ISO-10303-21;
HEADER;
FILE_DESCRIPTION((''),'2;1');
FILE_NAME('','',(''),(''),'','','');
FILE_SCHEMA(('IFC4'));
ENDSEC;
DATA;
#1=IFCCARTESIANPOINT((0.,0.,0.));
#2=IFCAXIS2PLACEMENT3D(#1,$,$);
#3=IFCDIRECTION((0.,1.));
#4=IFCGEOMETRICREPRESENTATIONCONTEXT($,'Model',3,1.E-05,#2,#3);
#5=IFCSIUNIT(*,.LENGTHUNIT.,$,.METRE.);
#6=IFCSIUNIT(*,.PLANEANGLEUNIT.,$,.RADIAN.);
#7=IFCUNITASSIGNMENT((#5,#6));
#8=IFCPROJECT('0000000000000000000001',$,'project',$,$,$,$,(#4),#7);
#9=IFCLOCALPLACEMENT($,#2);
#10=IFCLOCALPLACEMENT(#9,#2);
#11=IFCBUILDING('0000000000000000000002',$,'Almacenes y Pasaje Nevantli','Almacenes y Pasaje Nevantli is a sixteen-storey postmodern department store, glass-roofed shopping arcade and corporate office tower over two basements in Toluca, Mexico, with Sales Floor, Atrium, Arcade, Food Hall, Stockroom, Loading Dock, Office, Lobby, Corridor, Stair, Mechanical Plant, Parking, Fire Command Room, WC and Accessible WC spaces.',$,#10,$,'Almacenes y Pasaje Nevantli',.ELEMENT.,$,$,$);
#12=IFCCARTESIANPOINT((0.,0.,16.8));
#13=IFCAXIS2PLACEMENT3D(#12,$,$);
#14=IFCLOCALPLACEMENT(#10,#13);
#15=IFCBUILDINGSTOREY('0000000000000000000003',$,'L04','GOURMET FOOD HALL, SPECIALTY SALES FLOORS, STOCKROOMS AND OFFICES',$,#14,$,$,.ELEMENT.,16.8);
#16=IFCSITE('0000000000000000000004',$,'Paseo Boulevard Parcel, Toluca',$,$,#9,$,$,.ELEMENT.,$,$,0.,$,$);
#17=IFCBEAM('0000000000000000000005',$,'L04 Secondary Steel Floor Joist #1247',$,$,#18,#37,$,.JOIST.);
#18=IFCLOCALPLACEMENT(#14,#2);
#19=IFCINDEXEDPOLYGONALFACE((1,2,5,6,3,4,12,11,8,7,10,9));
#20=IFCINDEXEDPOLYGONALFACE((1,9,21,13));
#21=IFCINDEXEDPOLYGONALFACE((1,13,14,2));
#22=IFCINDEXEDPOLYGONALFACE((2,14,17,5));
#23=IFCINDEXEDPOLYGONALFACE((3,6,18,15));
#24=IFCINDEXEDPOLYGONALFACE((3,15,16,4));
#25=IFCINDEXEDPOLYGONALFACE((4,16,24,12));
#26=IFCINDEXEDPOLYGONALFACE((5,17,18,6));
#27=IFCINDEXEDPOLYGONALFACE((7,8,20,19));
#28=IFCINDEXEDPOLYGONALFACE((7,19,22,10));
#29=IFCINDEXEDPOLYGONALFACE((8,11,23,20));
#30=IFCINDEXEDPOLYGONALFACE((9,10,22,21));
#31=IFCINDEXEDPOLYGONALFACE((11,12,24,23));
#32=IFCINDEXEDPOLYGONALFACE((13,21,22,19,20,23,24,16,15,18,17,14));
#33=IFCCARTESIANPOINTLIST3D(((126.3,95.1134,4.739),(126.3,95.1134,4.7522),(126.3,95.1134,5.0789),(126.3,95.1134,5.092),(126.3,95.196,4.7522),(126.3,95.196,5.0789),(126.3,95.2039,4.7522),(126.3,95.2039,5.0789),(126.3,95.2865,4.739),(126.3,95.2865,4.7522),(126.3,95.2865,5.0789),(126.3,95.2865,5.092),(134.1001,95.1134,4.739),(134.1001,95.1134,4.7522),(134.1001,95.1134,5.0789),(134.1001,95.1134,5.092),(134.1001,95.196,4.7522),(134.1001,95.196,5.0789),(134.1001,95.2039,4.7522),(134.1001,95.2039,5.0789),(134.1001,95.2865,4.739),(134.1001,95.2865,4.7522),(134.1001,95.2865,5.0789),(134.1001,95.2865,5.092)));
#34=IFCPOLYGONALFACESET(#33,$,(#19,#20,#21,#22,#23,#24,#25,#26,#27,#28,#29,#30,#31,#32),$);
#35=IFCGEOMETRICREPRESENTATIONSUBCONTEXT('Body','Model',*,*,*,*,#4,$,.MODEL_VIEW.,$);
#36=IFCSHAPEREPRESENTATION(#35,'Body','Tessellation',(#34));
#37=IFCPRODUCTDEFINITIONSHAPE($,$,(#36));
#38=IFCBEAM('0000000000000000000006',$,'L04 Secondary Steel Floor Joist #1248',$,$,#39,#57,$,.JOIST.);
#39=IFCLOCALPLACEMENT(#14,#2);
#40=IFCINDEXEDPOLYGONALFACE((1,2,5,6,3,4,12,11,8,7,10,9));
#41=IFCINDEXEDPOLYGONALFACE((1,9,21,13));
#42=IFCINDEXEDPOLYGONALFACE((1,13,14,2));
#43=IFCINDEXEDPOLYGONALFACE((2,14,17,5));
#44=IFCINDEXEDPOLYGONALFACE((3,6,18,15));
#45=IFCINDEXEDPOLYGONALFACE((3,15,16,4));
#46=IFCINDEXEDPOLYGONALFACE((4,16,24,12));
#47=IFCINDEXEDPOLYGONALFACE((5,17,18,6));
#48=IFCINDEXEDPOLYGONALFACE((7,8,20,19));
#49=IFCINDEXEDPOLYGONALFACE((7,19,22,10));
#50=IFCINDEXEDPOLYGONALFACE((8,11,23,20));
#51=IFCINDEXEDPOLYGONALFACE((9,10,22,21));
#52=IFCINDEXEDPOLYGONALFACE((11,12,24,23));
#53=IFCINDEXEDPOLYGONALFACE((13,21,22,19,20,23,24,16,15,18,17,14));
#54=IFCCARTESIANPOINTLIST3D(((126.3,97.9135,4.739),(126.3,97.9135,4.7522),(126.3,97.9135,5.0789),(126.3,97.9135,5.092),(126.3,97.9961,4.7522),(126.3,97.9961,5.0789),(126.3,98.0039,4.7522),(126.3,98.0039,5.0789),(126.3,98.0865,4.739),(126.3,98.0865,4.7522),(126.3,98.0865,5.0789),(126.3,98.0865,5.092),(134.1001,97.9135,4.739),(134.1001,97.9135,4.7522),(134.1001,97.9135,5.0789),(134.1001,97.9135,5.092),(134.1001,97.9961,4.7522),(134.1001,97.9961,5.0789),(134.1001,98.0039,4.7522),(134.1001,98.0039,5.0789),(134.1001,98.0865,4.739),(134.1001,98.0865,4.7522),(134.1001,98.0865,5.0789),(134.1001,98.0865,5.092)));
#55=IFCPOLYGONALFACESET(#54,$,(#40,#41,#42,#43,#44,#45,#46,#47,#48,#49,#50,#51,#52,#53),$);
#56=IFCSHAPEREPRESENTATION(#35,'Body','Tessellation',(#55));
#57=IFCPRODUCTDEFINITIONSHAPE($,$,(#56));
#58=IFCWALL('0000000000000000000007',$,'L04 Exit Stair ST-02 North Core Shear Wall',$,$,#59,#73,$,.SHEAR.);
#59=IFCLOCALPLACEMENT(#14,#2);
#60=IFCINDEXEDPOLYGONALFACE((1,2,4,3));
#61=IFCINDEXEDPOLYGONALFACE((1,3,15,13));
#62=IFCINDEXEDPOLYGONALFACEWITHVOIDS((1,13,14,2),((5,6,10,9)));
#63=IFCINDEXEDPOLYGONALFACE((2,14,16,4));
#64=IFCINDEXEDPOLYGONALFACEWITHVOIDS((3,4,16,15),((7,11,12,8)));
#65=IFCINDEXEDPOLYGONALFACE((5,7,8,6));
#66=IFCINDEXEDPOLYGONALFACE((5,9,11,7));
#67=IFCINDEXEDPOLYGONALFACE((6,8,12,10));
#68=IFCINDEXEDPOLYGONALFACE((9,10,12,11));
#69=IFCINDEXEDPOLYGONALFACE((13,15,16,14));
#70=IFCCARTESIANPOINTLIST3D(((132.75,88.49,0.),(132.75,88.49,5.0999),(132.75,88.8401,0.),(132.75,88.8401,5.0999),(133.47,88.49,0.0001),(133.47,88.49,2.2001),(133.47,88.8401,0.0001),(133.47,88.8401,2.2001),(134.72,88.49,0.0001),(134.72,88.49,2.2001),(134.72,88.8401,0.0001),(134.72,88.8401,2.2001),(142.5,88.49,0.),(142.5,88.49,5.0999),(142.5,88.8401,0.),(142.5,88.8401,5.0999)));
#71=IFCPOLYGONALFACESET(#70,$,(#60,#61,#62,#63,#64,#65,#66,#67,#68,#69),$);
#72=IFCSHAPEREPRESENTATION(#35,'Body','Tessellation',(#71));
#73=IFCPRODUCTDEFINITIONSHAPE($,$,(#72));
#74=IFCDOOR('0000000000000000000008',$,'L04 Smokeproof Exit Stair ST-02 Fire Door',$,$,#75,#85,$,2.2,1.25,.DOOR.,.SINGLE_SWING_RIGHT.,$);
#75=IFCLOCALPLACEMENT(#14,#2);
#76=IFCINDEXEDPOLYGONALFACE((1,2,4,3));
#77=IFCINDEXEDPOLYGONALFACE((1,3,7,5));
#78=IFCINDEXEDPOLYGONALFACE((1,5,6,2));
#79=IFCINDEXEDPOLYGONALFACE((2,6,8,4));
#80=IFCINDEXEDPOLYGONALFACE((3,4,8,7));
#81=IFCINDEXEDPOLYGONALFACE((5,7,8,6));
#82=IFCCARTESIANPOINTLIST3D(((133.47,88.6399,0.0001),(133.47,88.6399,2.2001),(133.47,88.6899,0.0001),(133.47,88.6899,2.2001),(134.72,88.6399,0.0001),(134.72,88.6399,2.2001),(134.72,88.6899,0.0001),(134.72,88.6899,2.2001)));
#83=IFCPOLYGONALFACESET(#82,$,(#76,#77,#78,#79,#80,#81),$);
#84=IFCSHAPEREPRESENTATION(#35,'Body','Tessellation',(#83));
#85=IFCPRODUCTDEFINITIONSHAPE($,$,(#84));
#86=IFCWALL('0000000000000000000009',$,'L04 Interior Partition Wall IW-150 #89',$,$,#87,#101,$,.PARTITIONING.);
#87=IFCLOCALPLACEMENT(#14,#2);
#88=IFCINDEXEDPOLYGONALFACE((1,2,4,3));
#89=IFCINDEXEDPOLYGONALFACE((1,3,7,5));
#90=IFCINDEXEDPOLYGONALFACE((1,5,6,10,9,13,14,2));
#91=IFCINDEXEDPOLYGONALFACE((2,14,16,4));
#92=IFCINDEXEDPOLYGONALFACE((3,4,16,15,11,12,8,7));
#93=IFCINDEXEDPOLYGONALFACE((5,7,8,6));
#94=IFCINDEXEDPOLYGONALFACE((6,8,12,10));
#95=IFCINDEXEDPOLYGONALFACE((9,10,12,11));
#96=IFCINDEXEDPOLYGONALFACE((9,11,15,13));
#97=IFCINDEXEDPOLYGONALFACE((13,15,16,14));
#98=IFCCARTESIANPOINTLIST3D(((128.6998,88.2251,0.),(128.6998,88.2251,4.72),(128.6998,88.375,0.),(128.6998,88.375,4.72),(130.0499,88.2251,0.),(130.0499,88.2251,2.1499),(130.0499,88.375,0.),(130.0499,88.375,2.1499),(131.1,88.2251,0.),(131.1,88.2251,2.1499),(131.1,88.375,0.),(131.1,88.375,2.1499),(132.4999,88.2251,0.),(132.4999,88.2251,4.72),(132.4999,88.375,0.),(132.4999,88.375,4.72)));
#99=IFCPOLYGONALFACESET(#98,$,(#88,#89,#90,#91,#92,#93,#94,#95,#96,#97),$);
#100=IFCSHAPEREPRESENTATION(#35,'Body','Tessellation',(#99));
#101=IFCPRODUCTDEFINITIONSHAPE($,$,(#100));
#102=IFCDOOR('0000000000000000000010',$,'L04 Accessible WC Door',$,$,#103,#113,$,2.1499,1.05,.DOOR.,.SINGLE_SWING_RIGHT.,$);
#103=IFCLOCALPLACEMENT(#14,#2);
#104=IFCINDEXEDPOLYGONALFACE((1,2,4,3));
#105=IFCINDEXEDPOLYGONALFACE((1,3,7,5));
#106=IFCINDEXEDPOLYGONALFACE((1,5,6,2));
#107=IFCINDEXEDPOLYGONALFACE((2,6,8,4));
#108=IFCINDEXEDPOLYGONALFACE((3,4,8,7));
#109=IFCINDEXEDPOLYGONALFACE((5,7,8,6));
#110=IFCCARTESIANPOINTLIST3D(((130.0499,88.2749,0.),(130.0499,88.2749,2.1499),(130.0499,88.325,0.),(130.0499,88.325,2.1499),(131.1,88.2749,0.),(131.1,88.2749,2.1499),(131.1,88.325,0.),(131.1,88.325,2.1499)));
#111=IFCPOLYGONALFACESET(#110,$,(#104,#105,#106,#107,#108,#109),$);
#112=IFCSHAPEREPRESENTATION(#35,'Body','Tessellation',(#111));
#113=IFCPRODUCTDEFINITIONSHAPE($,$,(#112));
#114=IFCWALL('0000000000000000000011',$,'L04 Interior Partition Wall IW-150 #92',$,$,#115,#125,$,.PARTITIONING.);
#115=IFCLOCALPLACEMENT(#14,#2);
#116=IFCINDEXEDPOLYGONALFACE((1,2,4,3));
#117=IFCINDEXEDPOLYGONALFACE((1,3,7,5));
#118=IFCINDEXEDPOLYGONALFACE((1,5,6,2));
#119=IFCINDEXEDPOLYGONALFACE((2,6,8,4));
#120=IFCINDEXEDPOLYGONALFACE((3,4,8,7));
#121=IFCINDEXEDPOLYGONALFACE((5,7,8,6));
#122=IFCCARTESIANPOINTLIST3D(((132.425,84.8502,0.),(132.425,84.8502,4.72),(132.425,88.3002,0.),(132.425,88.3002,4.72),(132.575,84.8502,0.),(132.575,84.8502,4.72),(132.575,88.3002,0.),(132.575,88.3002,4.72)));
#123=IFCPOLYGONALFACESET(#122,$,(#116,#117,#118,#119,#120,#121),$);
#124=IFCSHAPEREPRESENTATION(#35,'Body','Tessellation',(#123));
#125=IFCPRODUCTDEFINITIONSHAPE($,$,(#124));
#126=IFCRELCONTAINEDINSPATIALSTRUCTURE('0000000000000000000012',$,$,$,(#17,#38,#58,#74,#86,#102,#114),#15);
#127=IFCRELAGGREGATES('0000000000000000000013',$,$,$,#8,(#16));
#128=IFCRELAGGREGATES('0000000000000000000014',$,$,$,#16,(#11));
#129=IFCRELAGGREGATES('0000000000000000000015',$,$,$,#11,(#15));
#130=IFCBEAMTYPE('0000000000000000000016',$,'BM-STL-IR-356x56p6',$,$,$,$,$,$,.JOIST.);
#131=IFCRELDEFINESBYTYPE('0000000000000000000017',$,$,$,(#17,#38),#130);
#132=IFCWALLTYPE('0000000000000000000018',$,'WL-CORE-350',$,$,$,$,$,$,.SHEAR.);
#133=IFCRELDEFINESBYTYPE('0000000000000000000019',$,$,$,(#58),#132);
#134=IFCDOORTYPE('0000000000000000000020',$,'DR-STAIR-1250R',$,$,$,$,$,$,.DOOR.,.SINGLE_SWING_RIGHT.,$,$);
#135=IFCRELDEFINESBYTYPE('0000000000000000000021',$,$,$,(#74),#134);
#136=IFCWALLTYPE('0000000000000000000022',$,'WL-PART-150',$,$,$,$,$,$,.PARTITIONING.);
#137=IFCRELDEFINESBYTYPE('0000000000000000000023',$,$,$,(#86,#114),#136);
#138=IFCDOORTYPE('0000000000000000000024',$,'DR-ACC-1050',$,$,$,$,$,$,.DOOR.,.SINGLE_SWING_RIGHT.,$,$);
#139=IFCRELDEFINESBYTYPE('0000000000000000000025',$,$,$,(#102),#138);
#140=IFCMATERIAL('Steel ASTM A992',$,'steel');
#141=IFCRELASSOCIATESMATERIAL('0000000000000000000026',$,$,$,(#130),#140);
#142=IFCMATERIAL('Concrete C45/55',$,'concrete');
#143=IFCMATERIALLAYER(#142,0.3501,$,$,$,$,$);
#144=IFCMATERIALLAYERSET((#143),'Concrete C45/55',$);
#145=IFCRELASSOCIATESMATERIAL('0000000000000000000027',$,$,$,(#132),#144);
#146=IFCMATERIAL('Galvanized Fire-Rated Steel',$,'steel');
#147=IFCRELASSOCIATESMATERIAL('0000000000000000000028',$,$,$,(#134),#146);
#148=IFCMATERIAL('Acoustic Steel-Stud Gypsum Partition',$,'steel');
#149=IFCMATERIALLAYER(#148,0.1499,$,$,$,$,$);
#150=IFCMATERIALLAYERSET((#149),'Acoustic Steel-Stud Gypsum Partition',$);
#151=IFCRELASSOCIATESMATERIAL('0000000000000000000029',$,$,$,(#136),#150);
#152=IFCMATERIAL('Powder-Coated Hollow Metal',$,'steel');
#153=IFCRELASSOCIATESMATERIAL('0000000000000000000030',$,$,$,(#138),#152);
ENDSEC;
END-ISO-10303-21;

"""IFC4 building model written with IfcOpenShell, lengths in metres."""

from ifc_helpers import new_model, si_unit, direction, frame, frame_2d, origin, origin_2d, place, context, subcontext, project, spatial, rectangle, i_section, extrude, material, layer, layer_set, material_profile, profile_set, type_object, element, fill, save


model = new_model("IFC4")

# Units and contexts
model_context = context("Model", 3, precision=1e-05, world=origin(), true_north=direction((0.0, 1.0)))
body_context = subcontext(model_context, "Body", "Model", "MODEL_VIEW")
ifc_project = project(units=[si_unit("LENGTHUNIT", "METRE"), si_unit("PLANEANGLEUNIT", "RADIAN")], contexts=[model_context])

# Site, building, storey
site_placement = place(None, origin())
site = spatial("IfcSite", under=ifc_project, at=site_placement, Name="Paseo Boulevard Parcel, Toluca", CompositionType="ELEMENT", RefElevation=0.0)
building_placement = place(site_placement, origin())
building = spatial("IfcBuilding", under=site, at=building_placement, Name="Almacenes y Pasaje Nevantli", Description="Almacenes y Pasaje Nevantli is a sixteen-storey postmodern department store, glass-roofed shopping arcade and corporate office tower over two basements in Toluca, Mexico, with Sales Floor, Atrium, Arcade, Food Hall, Stockroom, Loading Dock, Office, Lobby, Corridor, Stair, Mechanical Plant, Parking, Fire Command Room, WC and Accessible WC spaces.", LongName="Almacenes y Pasaje Nevantli", CompositionType="ELEMENT")
storey_placement = place(building_placement, frame((0.0, 0.0, 16.8)))
storey = spatial("IfcBuildingStorey", under=building, at=storey_placement, Name="L04", Description="GOURMET FOOD HALL, SPECIALTY SALES FLOORS, STOCKROOMS AND OFFICES", CompositionType="ELEMENT", Elevation=16.8)

# Beams
ifc_material_1 = material(Name="Steel ASTM A992", Category="steel")
ifc_material_profile_1 = material_profile(ifc_material_1, i_section(OverallWidth=0.1731, OverallDepth=0.353, WebThickness=0.0078, FlangeThickness=0.0132, at=origin_2d()), Name="IR 356x56.6")
ifc_profile_set_1 = profile_set([ifc_material_profile_1], Name="Steel ASTM A992")
beam_type_1 = type_object("IfcBeamType", Name="BM-STL-IR-356x56p6", PredefinedType="JOIST", material=ifc_profile_set_1)
for number, where, z_axis, x_axis, name in (
    (1, (126.3, 95.2, 4.9155), (1.0, 0.0, 0.0), (0.0, 1.0, 0.0), "L04 Secondary Steel Floor Joist #1247"),
    (2, (126.3, 98.0, 4.9155), (1.0, 0.0, 0.0), (0.0, 1.0, 0.0), "L04 Secondary Steel Floor Joist #1248"),
):
    element("IfcBeam", number, at=place(storey_placement, frame(where, z_axis=z_axis, x_axis=x_axis)), inside=storey, type_object=beam_type_1, Name=name, PredefinedType="JOIST", context=body_context, shape_type="SweptSolid", body=[
        extrude(i_section(OverallWidth=0.1731, OverallDepth=0.353, WebThickness=0.0078, FlangeThickness=0.0132, at=origin_2d()), origin(), (0.0, 0.0, 1.0), 7.8),
    ])

# Walls, openings, doors
ifc_material_2 = material(Name="Concrete C45/55", Category="concrete")
ifc_layer_1 = layer(ifc_material_2, 0.3501)
ifc_layer_set_1 = layer_set([ifc_layer_1], Name="Concrete C45/55")
wall_type_1 = type_object("IfcWallType", Name="WL-CORE-350", PredefinedType="SHEAR", material=ifc_layer_set_1)
wall_1_placement = place(storey_placement, frame((132.75, 88.665, 0.0), z_axis=(0.0, 0.0, 1.0), x_axis=(1.0, 0.0, 0.0)))
wall_1 = element("IfcWall", 3, at=wall_1_placement, inside=storey, type_object=wall_type_1, Name="L04 Exit Stair ST-02 North Core Shear Wall", PredefinedType="SHEAR", context=body_context, shape_type="SweptSolid", body=[
    extrude(rectangle(XDim=9.75, YDim=0.3501, at=frame_2d((4.875, 0.0))), origin(), (0.0, 0.0, 1.0), 5.0999),
])
opening_1_placement = place(wall_1_placement, frame((0.72, 0.0, 0.0)))
opening_1 = element("IfcOpeningElement", 4, at=opening_1_placement, cuts=wall_1, PredefinedType="OPENING", context=body_context, shape_type="SweptSolid", body=[
    extrude(rectangle(XDim=1.25, YDim=2.2, at=frame_2d((0.625, 1.1001))), frame((0.0, 0.1851, 0.0), z_axis=(0.0, -1.0, 0.0), x_axis=(1.0, 0.0, 0.0)), (0.0, 0.0, 1.0), 0.3701),
])
ifc_material_3 = material(Name="Galvanized Fire-Rated Steel", Category="steel")
door_type_1 = type_object("IfcDoorType", Name="DR-STAIR-1250R", OperationType="SINGLE_SWING_RIGHT", PredefinedType="DOOR", material=ifc_material_3)
door_1_placement = place(opening_1_placement, origin())
door_1 = element("IfcDoor", 5, at=door_1_placement, inside=storey, type_object=door_type_1, Name="L04 Smokeproof Exit Stair ST-02 Fire Door", OperationType="SINGLE_SWING_RIGHT", OverallHeight=2.2, OverallWidth=1.25, PredefinedType="DOOR", context=body_context, shape_type="SweptSolid", body=[
    extrude(rectangle(XDim=1.25, YDim=2.2, at=frame_2d((0.625, 1.1001))), frame((0.0, 0.0249, 0.0), z_axis=(0.0, -1.0, 0.0), x_axis=(1.0, 0.0, 0.0)), (0.0, 0.0, 1.0), 0.05),
])
fill(opening_1, door_1)
ifc_material_4 = material(Name="Acoustic Steel-Stud Gypsum Partition", Category="steel")
ifc_layer_2 = layer(ifc_material_4, 0.1499)
ifc_layer_set_2 = layer_set([ifc_layer_2], Name="Acoustic Steel-Stud Gypsum Partition")
wall_type_2 = type_object("IfcWallType", Name="WL-PART-150", PredefinedType="PARTITIONING", material=ifc_layer_set_2)
wall_2_placement = place(storey_placement, frame((128.7, 88.3, 0.0), z_axis=(0.0, 0.0, 1.0), x_axis=(1.0, 0.0, 0.0)))
wall_2 = element("IfcWall", 6, at=wall_2_placement, inside=storey, type_object=wall_type_2, Name="L04 Interior Partition Wall IW-150 #89", PredefinedType="PARTITIONING", context=body_context, shape_type="SweptSolid", body=[
    extrude(rectangle(XDim=3.8, YDim=0.1499, at=frame_2d((1.8999, 0.0))), origin(), (0.0, 0.0, 1.0), 4.72),
])
opening_2_placement = place(wall_2_placement, frame((1.3501, 0.0, 0.0)))
opening_2 = element("IfcOpeningElement", 7, at=opening_2_placement, cuts=wall_2, PredefinedType="OPENING", context=body_context, shape_type="SweptSolid", body=[
    extrude(rectangle(XDim=1.05, YDim=2.1499, at=frame_2d((0.5249, 1.075))), frame((0.0, 0.085, 0.0), z_axis=(0.0, -1.0, 0.0), x_axis=(1.0, 0.0, 0.0)), (0.0, 0.0, 1.0), 0.1699),
])
ifc_material_5 = material(Name="Powder-Coated Hollow Metal", Category="steel")
door_type_2 = type_object("IfcDoorType", Name="DR-ACC-1050", OperationType="SINGLE_SWING_RIGHT", PredefinedType="DOOR", material=ifc_material_5)
door_2_placement = place(opening_2_placement, origin())
door_2 = element("IfcDoor", 8, at=door_2_placement, inside=storey, type_object=door_type_2, Name="L04 Accessible WC Door", OperationType="SINGLE_SWING_RIGHT", OverallHeight=2.1499, OverallWidth=1.05, PredefinedType="DOOR", context=body_context, shape_type="SweptSolid", body=[
    extrude(rectangle(XDim=1.05, YDim=2.1499, at=frame_2d((0.5249, 1.075))), frame((0.0, 0.0249, 0.0), z_axis=(0.0, -1.0, 0.0), x_axis=(1.0, 0.0, 0.0)), (0.0, 0.0, 1.0), 0.05),
])
fill(opening_2, door_2)

# Wall
wall_3_placement = place(storey_placement, frame((132.5, 84.8501, 0.0), z_axis=(0.0, 0.0, 1.0), x_axis=(0.0, 1.0, 0.0)))
element("IfcWall", 9, at=wall_3_placement, inside=storey, type_object=wall_type_2, Name="L04 Interior Partition Wall IW-150 #92", PredefinedType="PARTITIONING", context=body_context, shape_type="SweptSolid", body=[
    extrude(rectangle(XDim=3.45, YDim=0.1499, at=frame_2d((1.7251, 0.0))), origin(), (0.0, 0.0, 1.0), 4.72),
])

save(model, "model.ifc")
